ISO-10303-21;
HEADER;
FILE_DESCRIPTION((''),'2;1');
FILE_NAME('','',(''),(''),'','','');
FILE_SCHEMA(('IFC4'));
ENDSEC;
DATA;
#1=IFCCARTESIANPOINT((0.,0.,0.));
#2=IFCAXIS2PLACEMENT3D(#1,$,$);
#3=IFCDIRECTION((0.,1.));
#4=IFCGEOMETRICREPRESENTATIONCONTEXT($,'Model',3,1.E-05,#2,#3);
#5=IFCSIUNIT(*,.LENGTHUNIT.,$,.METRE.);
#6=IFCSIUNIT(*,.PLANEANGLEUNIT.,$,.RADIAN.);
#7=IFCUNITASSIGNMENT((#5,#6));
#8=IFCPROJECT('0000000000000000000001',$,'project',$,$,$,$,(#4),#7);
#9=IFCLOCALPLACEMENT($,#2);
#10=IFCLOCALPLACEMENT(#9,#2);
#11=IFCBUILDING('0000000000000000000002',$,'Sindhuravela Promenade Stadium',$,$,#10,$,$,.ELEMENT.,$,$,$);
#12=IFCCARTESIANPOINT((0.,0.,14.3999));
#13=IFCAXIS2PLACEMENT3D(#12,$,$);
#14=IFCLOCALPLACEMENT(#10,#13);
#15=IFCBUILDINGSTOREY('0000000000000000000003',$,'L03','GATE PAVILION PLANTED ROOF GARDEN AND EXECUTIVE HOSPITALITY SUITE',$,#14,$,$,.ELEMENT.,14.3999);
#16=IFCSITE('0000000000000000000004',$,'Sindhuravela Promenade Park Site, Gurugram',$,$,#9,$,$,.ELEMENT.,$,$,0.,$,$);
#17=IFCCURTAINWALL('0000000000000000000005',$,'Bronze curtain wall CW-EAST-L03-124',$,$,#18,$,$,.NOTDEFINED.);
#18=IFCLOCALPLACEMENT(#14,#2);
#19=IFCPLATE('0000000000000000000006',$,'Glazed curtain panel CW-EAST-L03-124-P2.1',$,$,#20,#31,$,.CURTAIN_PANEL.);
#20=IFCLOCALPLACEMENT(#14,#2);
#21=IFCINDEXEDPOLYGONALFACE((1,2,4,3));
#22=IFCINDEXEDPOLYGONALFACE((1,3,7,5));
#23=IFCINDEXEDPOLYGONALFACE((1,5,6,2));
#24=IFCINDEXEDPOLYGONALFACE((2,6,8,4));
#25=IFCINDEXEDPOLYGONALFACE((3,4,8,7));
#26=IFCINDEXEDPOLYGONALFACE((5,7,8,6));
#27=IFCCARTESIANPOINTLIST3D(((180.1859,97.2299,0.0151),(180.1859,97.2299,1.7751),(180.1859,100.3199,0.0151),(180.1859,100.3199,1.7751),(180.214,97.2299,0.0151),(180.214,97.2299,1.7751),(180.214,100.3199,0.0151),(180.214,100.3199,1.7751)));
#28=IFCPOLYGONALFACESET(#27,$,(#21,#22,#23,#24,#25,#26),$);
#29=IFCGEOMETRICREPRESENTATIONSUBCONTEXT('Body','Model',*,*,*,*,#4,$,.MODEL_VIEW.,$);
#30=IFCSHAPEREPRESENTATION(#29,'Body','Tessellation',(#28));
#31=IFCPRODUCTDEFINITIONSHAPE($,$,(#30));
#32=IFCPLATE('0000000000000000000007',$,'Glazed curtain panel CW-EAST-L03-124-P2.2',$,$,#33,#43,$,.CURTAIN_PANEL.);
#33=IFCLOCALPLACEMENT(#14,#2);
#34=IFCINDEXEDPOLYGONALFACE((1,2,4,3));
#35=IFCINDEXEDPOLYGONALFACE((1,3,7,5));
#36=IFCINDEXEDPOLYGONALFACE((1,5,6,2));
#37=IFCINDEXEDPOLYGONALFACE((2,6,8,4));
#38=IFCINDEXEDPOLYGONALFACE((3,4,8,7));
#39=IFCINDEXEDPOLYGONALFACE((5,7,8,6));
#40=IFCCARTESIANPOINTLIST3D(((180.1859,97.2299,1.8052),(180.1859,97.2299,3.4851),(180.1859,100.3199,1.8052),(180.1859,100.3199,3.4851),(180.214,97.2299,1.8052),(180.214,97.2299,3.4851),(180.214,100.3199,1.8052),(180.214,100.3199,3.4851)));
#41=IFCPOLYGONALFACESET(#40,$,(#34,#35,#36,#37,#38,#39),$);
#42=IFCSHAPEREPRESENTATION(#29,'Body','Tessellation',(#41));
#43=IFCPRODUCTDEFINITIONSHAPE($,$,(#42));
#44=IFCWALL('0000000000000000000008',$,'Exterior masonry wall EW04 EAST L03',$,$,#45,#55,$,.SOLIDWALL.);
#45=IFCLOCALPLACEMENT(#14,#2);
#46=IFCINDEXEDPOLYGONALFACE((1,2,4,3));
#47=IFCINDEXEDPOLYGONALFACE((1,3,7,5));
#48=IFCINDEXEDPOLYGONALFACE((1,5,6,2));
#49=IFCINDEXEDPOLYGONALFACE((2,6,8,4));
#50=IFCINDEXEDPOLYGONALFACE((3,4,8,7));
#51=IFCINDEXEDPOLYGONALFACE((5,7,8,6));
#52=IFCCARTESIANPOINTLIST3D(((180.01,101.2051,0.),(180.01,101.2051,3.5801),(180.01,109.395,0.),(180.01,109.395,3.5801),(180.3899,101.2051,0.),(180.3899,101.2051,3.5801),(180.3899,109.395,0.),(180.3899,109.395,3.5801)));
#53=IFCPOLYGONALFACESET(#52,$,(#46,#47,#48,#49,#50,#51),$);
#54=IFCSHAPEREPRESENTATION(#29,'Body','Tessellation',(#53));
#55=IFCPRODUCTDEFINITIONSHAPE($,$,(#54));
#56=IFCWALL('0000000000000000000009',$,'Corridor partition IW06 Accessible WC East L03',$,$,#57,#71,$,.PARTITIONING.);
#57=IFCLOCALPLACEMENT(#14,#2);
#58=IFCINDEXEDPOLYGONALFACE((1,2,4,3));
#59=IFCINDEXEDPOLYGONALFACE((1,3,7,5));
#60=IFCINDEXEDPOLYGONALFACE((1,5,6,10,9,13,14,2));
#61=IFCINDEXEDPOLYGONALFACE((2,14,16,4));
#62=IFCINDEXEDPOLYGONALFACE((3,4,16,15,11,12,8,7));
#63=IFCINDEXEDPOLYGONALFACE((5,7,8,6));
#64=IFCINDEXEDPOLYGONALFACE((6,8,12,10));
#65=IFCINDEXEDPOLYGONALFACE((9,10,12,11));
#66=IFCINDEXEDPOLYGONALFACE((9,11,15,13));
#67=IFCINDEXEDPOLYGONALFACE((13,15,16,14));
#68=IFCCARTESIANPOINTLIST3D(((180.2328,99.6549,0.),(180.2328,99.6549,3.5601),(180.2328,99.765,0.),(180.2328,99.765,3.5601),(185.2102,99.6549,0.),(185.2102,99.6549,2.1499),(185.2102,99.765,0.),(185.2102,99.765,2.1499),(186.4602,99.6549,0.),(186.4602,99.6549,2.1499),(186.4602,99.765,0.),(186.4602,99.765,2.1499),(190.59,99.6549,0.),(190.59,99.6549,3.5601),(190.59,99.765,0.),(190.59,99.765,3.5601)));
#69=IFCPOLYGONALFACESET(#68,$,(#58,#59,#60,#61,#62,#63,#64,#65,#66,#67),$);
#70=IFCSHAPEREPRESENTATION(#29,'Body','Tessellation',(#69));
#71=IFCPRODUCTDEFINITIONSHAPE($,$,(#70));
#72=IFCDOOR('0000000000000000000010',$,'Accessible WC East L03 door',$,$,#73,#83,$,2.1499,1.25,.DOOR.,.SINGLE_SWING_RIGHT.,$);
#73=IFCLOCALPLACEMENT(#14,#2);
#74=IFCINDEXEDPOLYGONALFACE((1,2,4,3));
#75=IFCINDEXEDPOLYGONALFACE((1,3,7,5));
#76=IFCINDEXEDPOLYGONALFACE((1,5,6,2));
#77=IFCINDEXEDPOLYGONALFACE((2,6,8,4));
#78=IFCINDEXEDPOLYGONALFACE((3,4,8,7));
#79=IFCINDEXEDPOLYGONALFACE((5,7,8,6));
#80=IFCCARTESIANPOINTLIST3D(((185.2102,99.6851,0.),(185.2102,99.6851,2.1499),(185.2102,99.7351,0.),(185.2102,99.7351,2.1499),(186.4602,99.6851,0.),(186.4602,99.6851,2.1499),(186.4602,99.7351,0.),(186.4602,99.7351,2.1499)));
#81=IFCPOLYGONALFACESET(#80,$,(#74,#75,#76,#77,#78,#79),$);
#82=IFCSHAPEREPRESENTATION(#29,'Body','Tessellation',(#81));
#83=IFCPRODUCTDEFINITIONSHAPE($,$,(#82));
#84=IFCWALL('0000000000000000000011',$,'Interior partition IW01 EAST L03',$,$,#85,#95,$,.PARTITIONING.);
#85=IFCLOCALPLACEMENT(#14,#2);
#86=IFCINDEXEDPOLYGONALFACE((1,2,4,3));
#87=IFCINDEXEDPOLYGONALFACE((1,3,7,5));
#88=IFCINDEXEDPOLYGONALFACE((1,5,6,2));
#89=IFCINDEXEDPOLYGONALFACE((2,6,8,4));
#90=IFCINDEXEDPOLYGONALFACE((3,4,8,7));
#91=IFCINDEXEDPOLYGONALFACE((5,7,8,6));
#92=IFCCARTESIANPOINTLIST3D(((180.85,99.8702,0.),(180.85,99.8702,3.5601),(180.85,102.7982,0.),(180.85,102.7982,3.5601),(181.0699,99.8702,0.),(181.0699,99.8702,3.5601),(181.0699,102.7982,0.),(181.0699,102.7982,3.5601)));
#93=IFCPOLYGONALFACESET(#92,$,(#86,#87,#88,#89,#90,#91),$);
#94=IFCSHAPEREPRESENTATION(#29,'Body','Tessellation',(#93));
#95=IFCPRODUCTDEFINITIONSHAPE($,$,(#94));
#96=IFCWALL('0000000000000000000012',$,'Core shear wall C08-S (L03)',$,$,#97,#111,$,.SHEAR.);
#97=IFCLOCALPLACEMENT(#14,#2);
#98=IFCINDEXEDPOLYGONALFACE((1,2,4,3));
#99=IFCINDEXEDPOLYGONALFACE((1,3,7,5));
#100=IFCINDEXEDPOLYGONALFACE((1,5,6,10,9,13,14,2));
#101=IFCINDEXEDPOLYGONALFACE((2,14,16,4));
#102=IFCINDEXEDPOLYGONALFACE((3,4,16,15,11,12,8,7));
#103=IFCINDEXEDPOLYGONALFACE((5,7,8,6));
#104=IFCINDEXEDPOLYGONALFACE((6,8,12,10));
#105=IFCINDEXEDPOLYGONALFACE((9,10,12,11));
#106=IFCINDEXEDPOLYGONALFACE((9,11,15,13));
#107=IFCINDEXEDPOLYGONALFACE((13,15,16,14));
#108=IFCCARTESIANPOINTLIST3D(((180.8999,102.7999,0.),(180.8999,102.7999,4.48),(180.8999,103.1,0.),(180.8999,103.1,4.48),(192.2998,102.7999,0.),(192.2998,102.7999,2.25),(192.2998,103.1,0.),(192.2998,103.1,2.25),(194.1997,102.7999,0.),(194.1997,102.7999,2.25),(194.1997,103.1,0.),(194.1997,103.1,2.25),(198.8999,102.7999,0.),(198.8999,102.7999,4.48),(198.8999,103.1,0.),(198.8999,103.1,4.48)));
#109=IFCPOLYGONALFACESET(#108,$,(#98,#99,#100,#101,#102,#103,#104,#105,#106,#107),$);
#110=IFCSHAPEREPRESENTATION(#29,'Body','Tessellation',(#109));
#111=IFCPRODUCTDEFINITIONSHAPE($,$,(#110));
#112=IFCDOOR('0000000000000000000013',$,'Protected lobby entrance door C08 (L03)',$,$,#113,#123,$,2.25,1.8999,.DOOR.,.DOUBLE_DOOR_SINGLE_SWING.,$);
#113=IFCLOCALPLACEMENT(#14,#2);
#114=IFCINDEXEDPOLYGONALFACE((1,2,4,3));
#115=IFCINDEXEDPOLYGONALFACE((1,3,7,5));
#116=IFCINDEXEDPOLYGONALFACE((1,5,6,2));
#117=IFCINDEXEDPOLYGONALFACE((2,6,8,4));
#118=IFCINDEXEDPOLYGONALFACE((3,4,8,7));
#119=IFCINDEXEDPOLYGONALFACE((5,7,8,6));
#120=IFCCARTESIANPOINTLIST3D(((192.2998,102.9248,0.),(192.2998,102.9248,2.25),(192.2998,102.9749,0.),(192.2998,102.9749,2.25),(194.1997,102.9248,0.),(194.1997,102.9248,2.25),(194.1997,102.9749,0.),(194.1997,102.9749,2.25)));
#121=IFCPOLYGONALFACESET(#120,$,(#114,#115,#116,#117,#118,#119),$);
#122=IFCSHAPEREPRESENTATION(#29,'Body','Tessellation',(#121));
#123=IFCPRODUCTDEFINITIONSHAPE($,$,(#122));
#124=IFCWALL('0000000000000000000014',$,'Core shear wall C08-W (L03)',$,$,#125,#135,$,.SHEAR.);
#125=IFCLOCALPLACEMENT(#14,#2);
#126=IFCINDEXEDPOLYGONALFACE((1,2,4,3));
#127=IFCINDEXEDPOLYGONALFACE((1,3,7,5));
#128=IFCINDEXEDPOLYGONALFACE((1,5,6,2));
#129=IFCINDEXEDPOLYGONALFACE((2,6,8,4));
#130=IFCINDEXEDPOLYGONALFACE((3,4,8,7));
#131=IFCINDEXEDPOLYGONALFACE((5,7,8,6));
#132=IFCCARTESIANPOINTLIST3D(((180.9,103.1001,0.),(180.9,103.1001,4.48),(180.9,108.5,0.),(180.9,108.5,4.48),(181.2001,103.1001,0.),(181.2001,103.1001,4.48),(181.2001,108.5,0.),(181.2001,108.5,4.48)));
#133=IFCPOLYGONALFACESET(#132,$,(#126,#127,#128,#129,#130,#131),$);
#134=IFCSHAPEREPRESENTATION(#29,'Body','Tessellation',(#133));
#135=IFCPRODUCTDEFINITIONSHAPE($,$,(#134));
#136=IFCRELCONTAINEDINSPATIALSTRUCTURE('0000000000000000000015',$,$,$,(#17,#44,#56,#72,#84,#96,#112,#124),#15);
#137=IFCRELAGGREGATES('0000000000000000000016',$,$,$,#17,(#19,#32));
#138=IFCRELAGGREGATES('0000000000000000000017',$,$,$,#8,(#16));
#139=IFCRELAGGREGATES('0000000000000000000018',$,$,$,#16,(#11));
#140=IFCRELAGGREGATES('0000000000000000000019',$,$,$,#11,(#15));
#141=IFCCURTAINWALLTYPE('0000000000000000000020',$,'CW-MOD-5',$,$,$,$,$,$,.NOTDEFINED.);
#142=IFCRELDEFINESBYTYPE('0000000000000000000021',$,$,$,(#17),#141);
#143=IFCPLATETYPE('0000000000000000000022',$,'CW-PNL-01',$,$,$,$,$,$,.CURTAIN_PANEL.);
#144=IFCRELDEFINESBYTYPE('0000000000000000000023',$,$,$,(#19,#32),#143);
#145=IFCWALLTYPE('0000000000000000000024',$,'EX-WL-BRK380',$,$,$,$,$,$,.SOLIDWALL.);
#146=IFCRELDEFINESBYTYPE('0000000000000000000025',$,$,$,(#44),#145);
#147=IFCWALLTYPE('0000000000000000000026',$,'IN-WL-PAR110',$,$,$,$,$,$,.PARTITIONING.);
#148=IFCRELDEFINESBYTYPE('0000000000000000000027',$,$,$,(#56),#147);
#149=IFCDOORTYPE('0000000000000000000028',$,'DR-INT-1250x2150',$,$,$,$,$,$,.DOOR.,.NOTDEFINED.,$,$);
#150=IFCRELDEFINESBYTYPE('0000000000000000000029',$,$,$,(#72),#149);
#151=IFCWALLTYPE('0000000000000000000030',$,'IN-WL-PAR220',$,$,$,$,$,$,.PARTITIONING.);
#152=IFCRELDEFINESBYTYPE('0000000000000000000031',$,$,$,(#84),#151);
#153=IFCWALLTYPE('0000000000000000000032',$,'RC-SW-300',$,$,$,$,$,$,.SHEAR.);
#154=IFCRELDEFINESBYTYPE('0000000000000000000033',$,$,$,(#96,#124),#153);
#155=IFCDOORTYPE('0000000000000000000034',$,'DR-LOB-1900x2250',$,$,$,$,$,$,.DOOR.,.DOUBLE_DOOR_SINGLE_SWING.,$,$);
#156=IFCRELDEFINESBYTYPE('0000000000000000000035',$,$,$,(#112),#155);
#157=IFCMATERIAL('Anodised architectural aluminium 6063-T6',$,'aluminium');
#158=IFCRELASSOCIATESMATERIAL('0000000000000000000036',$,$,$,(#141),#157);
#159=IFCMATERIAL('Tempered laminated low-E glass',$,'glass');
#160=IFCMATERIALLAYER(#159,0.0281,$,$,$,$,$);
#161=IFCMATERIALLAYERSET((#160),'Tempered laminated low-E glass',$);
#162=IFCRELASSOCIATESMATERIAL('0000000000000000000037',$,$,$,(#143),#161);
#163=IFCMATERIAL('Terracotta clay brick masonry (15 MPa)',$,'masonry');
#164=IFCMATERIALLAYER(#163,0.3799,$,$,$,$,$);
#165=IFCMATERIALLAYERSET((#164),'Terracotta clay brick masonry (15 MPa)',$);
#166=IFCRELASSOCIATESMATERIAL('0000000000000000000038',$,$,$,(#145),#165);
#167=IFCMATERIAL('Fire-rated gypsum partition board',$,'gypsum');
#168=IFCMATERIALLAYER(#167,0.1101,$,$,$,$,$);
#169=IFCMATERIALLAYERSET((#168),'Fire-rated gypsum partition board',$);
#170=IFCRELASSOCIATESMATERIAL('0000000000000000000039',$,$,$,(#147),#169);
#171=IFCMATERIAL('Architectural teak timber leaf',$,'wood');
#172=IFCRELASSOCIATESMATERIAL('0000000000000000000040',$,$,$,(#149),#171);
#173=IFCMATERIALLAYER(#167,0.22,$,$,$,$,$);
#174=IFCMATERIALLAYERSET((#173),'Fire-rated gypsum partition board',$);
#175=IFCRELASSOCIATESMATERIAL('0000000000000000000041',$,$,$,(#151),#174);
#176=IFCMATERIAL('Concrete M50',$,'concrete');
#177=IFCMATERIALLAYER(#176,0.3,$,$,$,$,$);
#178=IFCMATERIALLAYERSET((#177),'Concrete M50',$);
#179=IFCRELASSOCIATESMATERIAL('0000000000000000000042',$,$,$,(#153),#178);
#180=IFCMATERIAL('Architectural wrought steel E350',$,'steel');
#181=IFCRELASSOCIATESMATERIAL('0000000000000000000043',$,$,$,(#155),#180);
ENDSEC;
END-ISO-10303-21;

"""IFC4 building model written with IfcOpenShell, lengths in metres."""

from ifc_helpers import new_model, si_unit, direction, frame, frame_2d, origin, origin_2d, place, context, subcontext, project, spatial, rectangle, extrude, material, layer, layer_set, type_object, element, fill, aggregate, save


model = new_model("IFC4")

# Units and contexts
model_context = context("Model", 3, precision=1e-05, world=origin(), true_north=direction((0.0, 1.0)))
body_context = subcontext(model_context, "Body", "Model", "MODEL_VIEW")
ifc_project = project(units=[si_unit("LENGTHUNIT", "METRE"), si_unit("PLANEANGLEUNIT", "RADIAN")], contexts=[model_context])

# Site, building, storey
site_placement = place(None, origin())
site = spatial("IfcSite", under=ifc_project, at=site_placement, Name="Sindhuravela Promenade Park Site, Gurugram", CompositionType="ELEMENT", RefElevation=0.0)
building_placement = place(site_placement, origin())
building = spatial("IfcBuilding", under=site, at=building_placement, Name="Sindhuravela Promenade Stadium", CompositionType="ELEMENT")
storey_placement = place(building_placement, frame((0.0, 0.0, 14.3999)))
storey = spatial("IfcBuildingStorey", under=building, at=storey_placement, Name="L03", Description="GATE PAVILION PLANTED ROOF GARDEN AND EXECUTIVE HOSPITALITY SUITE", CompositionType="ELEMENT", Elevation=14.3999)

# Curtain wall
ifc_material_1 = material(Name="Anodised architectural aluminium 6063-T6", Category="aluminium")
curtain_wall_type = type_object("IfcCurtainWallType", Name="CW-MOD-5", PredefinedType="NOTDEFINED", material=ifc_material_1)
curtain_wall_placement = place(storey_placement, origin())
curtain_wall = element("IfcCurtainWall", 1, at=curtain_wall_placement, inside=storey, type_object=curtain_wall_type, Name="Bronze curtain wall CW-EAST-L03-124", PredefinedType="NOTDEFINED")

# Plates
ifc_material_2 = material(Name="Tempered laminated low-E glass", Category="glass")
ifc_layer_1 = layer(ifc_material_2, 0.0281)
ifc_layer_set_1 = layer_set([ifc_layer_1], Name="Tempered laminated low-E glass")
plate_type_1 = type_object("IfcPlateType", Name="CW-PNL-01", PredefinedType="CURTAIN_PANEL", material=ifc_layer_set_1)
plate_1_placement = place(storey_placement, frame((180.2, 98.7749, 0.0151), z_axis=(0.0, 0.0, 1.0), x_axis=(0.0, 1.0, 0.0)))
plate_1 = element("IfcPlate", 2, at=plate_1_placement, type_object=plate_type_1, Name="Glazed curtain panel CW-EAST-L03-124-P2.1", PredefinedType="CURTAIN_PANEL", context=body_context, shape_type="SweptSolid", body=[
    extrude(rectangle(XDim=3.0901, YDim=0.0281, at=origin_2d()), origin(), (0.0, 0.0, 1.0), 1.76),
])
plate_2_placement = place(storey_placement, frame((180.2, 98.7749, 1.8052), z_axis=(0.0, 0.0, 1.0), x_axis=(0.0, 1.0, 0.0)))
plate_2 = element("IfcPlate", 3, at=plate_2_placement, type_object=plate_type_1, Name="Glazed curtain panel CW-EAST-L03-124-P2.2", PredefinedType="CURTAIN_PANEL", context=body_context, shape_type="SweptSolid", body=[
    extrude(rectangle(XDim=3.0901, YDim=0.0281, at=origin_2d()), origin(), (0.0, 0.0, 1.0), 1.6799),
])
aggregate(curtain_wall, [plate_1, plate_2])

# Wall
ifc_material_3 = material(Name="Terracotta clay brick masonry (15 MPa)", Category="masonry")
ifc_layer_2 = layer(ifc_material_3, 0.3799)
ifc_layer_set_2 = layer_set([ifc_layer_2], Name="Terracotta clay brick masonry (15 MPa)")
wall_type_1 = type_object("IfcWallType", Name="EX-WL-BRK380", PredefinedType="SOLIDWALL", material=ifc_layer_set_2)
wall_1_placement = place(storey_placement, frame((180.2, 101.2051, 0.0), z_axis=(0.0, 0.0, 1.0), x_axis=(0.0, 1.0, 0.0)))
element("IfcWall", 4, at=wall_1_placement, inside=storey, type_object=wall_type_1, Name="Exterior masonry wall EW04 EAST L03", PredefinedType="SOLIDWALL", context=body_context, shape_type="SweptSolid", body=[
    extrude(rectangle(XDim=8.1899, YDim=0.3799, at=frame_2d((4.095, 0.0))), origin(), (0.0, 0.0, 1.0), 3.5801),
])

# Wall, opening, door
ifc_material_4 = material(Name="Fire-rated gypsum partition board", Category="gypsum")
ifc_layer_3 = layer(ifc_material_4, 0.1101)
ifc_layer_set_3 = layer_set([ifc_layer_3], Name="Fire-rated gypsum partition board")
wall_type_2 = type_object("IfcWallType", Name="IN-WL-PAR110", PredefinedType="PARTITIONING", material=ifc_layer_set_3)
wall_2_placement = place(storey_placement, frame((190.5901, 99.71, 0.0), z_axis=(0.0, 0.0, 1.0), x_axis=(-1.0, 0.0, 0.0)))
wall_2 = element("IfcWall", 5, at=wall_2_placement, inside=storey, type_object=wall_type_2, Name="Corridor partition IW06 Accessible WC East L03", PredefinedType="PARTITIONING", context=body_context, shape_type="SweptSolid", body=[
    extrude(rectangle(XDim=10.3572, YDim=0.1101, at=frame_2d((5.1787, 0.0))), origin(), (0.0, 0.0, 1.0), 3.5601),
])
opening_1_placement = place(wall_2_placement, frame((4.1299, 0.0, 0.0)))
opening_1 = element("IfcOpeningElement", 6, at=opening_1_placement, cuts=wall_2, PredefinedType="OPENING", context=body_context, shape_type="SweptSolid", body=[
    extrude(rectangle(XDim=1.25, YDim=2.1499, at=frame_2d((0.625, 1.075))), frame((0.0, 0.0649, 0.0), z_axis=(0.0, -1.0, 0.0), x_axis=(1.0, 0.0, 0.0)), (0.0, 0.0, 1.0), 0.1301),
])
ifc_material_5 = material(Name="Architectural teak timber leaf", Category="wood")
door_type_1 = type_object("IfcDoorType", Name="DR-INT-1250x2150", OperationType="NOTDEFINED", PredefinedType="DOOR", material=ifc_material_5)
door_1_placement = place(opening_1_placement, origin())
door_1 = element("IfcDoor", 7, at=door_1_placement, inside=storey, type_object=door_type_1, Name="Accessible WC East L03 door", OperationType="SINGLE_SWING_RIGHT", OverallHeight=2.1499, OverallWidth=1.25, PredefinedType="DOOR", context=body_context, shape_type="SweptSolid", body=[
    extrude(rectangle(XDim=1.25, YDim=2.1499, at=frame_2d((0.625, 1.075))), frame((0.0, 0.0249, 0.0), z_axis=(0.0, -1.0, 0.0), x_axis=(1.0, 0.0, 0.0)), (0.0, 0.0, 1.0), 0.05),
])
fill(opening_1, door_1)

# Wall
ifc_layer_4 = layer(ifc_material_4, 0.22)
ifc_layer_set_4 = layer_set([ifc_layer_4], Name="Fire-rated gypsum partition board")
wall_type_3 = type_object("IfcWallType", Name="IN-WL-PAR220", PredefinedType="PARTITIONING", material=ifc_layer_set_4)
wall_3_placement = place(storey_placement, frame((180.96, 102.7981, 0.0), z_axis=(0.0, 0.0, 1.0), x_axis=(0.0, -1.0, 0.0)))
element("IfcWall", 8, at=wall_3_placement, inside=storey, type_object=wall_type_3, Name="Interior partition IW01 EAST L03", PredefinedType="PARTITIONING", context=body_context, shape_type="SweptSolid", body=[
    extrude(rectangle(XDim=2.928, YDim=0.22, at=frame_2d((1.4639, 0.0))), origin(), (0.0, 0.0, 1.0), 3.5601),
])

# Wall, opening, door
ifc_material_6 = material(Name="Concrete M50", Category="concrete")
ifc_layer_5 = layer(ifc_material_6, 0.3)
ifc_layer_set_5 = layer_set([ifc_layer_5], Name="Concrete M50")
wall_type_4 = type_object("IfcWallType", Name="RC-SW-300", PredefinedType="SHEAR", material=ifc_layer_set_5)
wall_4_placement = place(storey_placement, frame((180.8999, 102.95, 0.0), z_axis=(0.0, 0.0, 1.0), x_axis=(1.0, 0.0, 0.0)))
wall_4 = element("IfcWall", 9, at=wall_4_placement, inside=storey, type_object=wall_type_4, Name="Core shear wall C08-S (L03)", PredefinedType="SHEAR", context=body_context, shape_type="SweptSolid", body=[
    extrude(rectangle(XDim=18.0, YDim=0.3, at=frame_2d((9.0, 0.0))), origin(), (0.0, 0.0, 1.0), 4.48),
])
opening_2_placement = place(wall_4_placement, frame((11.3999, 0.0, 0.0)))
opening_2 = element("IfcOpeningElement", 10, at=opening_2_placement, cuts=wall_4, PredefinedType="OPENING", context=body_context, shape_type="SweptSolid", body=[
    extrude(rectangle(XDim=1.8999, YDim=2.25, at=frame_2d((0.95, 1.125))), frame((0.0, 0.1599, 0.0), z_axis=(0.0, -1.0, 0.0), x_axis=(1.0, 0.0, 0.0)), (0.0, 0.0, 1.0), 0.3201),
])
ifc_material_7 = material(Name="Architectural wrought steel E350", Category="steel")
door_type_2 = type_object("IfcDoorType", Name="DR-LOB-1900x2250", OperationType="DOUBLE_DOOR_SINGLE_SWING", PredefinedType="DOOR", material=ifc_material_7)
door_2_placement = place(opening_2_placement, origin())
door_2 = element("IfcDoor", 11, at=door_2_placement, inside=storey, type_object=door_type_2, Name="Protected lobby entrance door C08 (L03)", OperationType="DOUBLE_DOOR_SINGLE_SWING", OverallHeight=2.25, OverallWidth=1.8999, PredefinedType="DOOR", context=body_context, shape_type="SweptSolid", body=[
    extrude(rectangle(XDim=1.8999, YDim=2.25, at=frame_2d((0.95, 1.125))), frame((0.0, 0.0249, 0.0), z_axis=(0.0, -1.0, 0.0), x_axis=(1.0, 0.0, 0.0)), (0.0, 0.0, 1.0), 0.05),
])
fill(opening_2, door_2)

# Wall
wall_5_placement = place(storey_placement, frame((181.05, 108.5, 0.0), z_axis=(0.0, 0.0, 1.0), x_axis=(0.0, -1.0, 0.0)))
element("IfcWall", 12, at=wall_5_placement, inside=storey, type_object=wall_type_4, Name="Core shear wall C08-W (L03)", PredefinedType="SHEAR", context=body_context, shape_type="SweptSolid", body=[
    extrude(rectangle(XDim=5.3999, YDim=0.3, at=frame_2d((2.7, 0.0))), origin(), (0.0, 0.0, 1.0), 4.48),
])

save(model, "model.ifc")
